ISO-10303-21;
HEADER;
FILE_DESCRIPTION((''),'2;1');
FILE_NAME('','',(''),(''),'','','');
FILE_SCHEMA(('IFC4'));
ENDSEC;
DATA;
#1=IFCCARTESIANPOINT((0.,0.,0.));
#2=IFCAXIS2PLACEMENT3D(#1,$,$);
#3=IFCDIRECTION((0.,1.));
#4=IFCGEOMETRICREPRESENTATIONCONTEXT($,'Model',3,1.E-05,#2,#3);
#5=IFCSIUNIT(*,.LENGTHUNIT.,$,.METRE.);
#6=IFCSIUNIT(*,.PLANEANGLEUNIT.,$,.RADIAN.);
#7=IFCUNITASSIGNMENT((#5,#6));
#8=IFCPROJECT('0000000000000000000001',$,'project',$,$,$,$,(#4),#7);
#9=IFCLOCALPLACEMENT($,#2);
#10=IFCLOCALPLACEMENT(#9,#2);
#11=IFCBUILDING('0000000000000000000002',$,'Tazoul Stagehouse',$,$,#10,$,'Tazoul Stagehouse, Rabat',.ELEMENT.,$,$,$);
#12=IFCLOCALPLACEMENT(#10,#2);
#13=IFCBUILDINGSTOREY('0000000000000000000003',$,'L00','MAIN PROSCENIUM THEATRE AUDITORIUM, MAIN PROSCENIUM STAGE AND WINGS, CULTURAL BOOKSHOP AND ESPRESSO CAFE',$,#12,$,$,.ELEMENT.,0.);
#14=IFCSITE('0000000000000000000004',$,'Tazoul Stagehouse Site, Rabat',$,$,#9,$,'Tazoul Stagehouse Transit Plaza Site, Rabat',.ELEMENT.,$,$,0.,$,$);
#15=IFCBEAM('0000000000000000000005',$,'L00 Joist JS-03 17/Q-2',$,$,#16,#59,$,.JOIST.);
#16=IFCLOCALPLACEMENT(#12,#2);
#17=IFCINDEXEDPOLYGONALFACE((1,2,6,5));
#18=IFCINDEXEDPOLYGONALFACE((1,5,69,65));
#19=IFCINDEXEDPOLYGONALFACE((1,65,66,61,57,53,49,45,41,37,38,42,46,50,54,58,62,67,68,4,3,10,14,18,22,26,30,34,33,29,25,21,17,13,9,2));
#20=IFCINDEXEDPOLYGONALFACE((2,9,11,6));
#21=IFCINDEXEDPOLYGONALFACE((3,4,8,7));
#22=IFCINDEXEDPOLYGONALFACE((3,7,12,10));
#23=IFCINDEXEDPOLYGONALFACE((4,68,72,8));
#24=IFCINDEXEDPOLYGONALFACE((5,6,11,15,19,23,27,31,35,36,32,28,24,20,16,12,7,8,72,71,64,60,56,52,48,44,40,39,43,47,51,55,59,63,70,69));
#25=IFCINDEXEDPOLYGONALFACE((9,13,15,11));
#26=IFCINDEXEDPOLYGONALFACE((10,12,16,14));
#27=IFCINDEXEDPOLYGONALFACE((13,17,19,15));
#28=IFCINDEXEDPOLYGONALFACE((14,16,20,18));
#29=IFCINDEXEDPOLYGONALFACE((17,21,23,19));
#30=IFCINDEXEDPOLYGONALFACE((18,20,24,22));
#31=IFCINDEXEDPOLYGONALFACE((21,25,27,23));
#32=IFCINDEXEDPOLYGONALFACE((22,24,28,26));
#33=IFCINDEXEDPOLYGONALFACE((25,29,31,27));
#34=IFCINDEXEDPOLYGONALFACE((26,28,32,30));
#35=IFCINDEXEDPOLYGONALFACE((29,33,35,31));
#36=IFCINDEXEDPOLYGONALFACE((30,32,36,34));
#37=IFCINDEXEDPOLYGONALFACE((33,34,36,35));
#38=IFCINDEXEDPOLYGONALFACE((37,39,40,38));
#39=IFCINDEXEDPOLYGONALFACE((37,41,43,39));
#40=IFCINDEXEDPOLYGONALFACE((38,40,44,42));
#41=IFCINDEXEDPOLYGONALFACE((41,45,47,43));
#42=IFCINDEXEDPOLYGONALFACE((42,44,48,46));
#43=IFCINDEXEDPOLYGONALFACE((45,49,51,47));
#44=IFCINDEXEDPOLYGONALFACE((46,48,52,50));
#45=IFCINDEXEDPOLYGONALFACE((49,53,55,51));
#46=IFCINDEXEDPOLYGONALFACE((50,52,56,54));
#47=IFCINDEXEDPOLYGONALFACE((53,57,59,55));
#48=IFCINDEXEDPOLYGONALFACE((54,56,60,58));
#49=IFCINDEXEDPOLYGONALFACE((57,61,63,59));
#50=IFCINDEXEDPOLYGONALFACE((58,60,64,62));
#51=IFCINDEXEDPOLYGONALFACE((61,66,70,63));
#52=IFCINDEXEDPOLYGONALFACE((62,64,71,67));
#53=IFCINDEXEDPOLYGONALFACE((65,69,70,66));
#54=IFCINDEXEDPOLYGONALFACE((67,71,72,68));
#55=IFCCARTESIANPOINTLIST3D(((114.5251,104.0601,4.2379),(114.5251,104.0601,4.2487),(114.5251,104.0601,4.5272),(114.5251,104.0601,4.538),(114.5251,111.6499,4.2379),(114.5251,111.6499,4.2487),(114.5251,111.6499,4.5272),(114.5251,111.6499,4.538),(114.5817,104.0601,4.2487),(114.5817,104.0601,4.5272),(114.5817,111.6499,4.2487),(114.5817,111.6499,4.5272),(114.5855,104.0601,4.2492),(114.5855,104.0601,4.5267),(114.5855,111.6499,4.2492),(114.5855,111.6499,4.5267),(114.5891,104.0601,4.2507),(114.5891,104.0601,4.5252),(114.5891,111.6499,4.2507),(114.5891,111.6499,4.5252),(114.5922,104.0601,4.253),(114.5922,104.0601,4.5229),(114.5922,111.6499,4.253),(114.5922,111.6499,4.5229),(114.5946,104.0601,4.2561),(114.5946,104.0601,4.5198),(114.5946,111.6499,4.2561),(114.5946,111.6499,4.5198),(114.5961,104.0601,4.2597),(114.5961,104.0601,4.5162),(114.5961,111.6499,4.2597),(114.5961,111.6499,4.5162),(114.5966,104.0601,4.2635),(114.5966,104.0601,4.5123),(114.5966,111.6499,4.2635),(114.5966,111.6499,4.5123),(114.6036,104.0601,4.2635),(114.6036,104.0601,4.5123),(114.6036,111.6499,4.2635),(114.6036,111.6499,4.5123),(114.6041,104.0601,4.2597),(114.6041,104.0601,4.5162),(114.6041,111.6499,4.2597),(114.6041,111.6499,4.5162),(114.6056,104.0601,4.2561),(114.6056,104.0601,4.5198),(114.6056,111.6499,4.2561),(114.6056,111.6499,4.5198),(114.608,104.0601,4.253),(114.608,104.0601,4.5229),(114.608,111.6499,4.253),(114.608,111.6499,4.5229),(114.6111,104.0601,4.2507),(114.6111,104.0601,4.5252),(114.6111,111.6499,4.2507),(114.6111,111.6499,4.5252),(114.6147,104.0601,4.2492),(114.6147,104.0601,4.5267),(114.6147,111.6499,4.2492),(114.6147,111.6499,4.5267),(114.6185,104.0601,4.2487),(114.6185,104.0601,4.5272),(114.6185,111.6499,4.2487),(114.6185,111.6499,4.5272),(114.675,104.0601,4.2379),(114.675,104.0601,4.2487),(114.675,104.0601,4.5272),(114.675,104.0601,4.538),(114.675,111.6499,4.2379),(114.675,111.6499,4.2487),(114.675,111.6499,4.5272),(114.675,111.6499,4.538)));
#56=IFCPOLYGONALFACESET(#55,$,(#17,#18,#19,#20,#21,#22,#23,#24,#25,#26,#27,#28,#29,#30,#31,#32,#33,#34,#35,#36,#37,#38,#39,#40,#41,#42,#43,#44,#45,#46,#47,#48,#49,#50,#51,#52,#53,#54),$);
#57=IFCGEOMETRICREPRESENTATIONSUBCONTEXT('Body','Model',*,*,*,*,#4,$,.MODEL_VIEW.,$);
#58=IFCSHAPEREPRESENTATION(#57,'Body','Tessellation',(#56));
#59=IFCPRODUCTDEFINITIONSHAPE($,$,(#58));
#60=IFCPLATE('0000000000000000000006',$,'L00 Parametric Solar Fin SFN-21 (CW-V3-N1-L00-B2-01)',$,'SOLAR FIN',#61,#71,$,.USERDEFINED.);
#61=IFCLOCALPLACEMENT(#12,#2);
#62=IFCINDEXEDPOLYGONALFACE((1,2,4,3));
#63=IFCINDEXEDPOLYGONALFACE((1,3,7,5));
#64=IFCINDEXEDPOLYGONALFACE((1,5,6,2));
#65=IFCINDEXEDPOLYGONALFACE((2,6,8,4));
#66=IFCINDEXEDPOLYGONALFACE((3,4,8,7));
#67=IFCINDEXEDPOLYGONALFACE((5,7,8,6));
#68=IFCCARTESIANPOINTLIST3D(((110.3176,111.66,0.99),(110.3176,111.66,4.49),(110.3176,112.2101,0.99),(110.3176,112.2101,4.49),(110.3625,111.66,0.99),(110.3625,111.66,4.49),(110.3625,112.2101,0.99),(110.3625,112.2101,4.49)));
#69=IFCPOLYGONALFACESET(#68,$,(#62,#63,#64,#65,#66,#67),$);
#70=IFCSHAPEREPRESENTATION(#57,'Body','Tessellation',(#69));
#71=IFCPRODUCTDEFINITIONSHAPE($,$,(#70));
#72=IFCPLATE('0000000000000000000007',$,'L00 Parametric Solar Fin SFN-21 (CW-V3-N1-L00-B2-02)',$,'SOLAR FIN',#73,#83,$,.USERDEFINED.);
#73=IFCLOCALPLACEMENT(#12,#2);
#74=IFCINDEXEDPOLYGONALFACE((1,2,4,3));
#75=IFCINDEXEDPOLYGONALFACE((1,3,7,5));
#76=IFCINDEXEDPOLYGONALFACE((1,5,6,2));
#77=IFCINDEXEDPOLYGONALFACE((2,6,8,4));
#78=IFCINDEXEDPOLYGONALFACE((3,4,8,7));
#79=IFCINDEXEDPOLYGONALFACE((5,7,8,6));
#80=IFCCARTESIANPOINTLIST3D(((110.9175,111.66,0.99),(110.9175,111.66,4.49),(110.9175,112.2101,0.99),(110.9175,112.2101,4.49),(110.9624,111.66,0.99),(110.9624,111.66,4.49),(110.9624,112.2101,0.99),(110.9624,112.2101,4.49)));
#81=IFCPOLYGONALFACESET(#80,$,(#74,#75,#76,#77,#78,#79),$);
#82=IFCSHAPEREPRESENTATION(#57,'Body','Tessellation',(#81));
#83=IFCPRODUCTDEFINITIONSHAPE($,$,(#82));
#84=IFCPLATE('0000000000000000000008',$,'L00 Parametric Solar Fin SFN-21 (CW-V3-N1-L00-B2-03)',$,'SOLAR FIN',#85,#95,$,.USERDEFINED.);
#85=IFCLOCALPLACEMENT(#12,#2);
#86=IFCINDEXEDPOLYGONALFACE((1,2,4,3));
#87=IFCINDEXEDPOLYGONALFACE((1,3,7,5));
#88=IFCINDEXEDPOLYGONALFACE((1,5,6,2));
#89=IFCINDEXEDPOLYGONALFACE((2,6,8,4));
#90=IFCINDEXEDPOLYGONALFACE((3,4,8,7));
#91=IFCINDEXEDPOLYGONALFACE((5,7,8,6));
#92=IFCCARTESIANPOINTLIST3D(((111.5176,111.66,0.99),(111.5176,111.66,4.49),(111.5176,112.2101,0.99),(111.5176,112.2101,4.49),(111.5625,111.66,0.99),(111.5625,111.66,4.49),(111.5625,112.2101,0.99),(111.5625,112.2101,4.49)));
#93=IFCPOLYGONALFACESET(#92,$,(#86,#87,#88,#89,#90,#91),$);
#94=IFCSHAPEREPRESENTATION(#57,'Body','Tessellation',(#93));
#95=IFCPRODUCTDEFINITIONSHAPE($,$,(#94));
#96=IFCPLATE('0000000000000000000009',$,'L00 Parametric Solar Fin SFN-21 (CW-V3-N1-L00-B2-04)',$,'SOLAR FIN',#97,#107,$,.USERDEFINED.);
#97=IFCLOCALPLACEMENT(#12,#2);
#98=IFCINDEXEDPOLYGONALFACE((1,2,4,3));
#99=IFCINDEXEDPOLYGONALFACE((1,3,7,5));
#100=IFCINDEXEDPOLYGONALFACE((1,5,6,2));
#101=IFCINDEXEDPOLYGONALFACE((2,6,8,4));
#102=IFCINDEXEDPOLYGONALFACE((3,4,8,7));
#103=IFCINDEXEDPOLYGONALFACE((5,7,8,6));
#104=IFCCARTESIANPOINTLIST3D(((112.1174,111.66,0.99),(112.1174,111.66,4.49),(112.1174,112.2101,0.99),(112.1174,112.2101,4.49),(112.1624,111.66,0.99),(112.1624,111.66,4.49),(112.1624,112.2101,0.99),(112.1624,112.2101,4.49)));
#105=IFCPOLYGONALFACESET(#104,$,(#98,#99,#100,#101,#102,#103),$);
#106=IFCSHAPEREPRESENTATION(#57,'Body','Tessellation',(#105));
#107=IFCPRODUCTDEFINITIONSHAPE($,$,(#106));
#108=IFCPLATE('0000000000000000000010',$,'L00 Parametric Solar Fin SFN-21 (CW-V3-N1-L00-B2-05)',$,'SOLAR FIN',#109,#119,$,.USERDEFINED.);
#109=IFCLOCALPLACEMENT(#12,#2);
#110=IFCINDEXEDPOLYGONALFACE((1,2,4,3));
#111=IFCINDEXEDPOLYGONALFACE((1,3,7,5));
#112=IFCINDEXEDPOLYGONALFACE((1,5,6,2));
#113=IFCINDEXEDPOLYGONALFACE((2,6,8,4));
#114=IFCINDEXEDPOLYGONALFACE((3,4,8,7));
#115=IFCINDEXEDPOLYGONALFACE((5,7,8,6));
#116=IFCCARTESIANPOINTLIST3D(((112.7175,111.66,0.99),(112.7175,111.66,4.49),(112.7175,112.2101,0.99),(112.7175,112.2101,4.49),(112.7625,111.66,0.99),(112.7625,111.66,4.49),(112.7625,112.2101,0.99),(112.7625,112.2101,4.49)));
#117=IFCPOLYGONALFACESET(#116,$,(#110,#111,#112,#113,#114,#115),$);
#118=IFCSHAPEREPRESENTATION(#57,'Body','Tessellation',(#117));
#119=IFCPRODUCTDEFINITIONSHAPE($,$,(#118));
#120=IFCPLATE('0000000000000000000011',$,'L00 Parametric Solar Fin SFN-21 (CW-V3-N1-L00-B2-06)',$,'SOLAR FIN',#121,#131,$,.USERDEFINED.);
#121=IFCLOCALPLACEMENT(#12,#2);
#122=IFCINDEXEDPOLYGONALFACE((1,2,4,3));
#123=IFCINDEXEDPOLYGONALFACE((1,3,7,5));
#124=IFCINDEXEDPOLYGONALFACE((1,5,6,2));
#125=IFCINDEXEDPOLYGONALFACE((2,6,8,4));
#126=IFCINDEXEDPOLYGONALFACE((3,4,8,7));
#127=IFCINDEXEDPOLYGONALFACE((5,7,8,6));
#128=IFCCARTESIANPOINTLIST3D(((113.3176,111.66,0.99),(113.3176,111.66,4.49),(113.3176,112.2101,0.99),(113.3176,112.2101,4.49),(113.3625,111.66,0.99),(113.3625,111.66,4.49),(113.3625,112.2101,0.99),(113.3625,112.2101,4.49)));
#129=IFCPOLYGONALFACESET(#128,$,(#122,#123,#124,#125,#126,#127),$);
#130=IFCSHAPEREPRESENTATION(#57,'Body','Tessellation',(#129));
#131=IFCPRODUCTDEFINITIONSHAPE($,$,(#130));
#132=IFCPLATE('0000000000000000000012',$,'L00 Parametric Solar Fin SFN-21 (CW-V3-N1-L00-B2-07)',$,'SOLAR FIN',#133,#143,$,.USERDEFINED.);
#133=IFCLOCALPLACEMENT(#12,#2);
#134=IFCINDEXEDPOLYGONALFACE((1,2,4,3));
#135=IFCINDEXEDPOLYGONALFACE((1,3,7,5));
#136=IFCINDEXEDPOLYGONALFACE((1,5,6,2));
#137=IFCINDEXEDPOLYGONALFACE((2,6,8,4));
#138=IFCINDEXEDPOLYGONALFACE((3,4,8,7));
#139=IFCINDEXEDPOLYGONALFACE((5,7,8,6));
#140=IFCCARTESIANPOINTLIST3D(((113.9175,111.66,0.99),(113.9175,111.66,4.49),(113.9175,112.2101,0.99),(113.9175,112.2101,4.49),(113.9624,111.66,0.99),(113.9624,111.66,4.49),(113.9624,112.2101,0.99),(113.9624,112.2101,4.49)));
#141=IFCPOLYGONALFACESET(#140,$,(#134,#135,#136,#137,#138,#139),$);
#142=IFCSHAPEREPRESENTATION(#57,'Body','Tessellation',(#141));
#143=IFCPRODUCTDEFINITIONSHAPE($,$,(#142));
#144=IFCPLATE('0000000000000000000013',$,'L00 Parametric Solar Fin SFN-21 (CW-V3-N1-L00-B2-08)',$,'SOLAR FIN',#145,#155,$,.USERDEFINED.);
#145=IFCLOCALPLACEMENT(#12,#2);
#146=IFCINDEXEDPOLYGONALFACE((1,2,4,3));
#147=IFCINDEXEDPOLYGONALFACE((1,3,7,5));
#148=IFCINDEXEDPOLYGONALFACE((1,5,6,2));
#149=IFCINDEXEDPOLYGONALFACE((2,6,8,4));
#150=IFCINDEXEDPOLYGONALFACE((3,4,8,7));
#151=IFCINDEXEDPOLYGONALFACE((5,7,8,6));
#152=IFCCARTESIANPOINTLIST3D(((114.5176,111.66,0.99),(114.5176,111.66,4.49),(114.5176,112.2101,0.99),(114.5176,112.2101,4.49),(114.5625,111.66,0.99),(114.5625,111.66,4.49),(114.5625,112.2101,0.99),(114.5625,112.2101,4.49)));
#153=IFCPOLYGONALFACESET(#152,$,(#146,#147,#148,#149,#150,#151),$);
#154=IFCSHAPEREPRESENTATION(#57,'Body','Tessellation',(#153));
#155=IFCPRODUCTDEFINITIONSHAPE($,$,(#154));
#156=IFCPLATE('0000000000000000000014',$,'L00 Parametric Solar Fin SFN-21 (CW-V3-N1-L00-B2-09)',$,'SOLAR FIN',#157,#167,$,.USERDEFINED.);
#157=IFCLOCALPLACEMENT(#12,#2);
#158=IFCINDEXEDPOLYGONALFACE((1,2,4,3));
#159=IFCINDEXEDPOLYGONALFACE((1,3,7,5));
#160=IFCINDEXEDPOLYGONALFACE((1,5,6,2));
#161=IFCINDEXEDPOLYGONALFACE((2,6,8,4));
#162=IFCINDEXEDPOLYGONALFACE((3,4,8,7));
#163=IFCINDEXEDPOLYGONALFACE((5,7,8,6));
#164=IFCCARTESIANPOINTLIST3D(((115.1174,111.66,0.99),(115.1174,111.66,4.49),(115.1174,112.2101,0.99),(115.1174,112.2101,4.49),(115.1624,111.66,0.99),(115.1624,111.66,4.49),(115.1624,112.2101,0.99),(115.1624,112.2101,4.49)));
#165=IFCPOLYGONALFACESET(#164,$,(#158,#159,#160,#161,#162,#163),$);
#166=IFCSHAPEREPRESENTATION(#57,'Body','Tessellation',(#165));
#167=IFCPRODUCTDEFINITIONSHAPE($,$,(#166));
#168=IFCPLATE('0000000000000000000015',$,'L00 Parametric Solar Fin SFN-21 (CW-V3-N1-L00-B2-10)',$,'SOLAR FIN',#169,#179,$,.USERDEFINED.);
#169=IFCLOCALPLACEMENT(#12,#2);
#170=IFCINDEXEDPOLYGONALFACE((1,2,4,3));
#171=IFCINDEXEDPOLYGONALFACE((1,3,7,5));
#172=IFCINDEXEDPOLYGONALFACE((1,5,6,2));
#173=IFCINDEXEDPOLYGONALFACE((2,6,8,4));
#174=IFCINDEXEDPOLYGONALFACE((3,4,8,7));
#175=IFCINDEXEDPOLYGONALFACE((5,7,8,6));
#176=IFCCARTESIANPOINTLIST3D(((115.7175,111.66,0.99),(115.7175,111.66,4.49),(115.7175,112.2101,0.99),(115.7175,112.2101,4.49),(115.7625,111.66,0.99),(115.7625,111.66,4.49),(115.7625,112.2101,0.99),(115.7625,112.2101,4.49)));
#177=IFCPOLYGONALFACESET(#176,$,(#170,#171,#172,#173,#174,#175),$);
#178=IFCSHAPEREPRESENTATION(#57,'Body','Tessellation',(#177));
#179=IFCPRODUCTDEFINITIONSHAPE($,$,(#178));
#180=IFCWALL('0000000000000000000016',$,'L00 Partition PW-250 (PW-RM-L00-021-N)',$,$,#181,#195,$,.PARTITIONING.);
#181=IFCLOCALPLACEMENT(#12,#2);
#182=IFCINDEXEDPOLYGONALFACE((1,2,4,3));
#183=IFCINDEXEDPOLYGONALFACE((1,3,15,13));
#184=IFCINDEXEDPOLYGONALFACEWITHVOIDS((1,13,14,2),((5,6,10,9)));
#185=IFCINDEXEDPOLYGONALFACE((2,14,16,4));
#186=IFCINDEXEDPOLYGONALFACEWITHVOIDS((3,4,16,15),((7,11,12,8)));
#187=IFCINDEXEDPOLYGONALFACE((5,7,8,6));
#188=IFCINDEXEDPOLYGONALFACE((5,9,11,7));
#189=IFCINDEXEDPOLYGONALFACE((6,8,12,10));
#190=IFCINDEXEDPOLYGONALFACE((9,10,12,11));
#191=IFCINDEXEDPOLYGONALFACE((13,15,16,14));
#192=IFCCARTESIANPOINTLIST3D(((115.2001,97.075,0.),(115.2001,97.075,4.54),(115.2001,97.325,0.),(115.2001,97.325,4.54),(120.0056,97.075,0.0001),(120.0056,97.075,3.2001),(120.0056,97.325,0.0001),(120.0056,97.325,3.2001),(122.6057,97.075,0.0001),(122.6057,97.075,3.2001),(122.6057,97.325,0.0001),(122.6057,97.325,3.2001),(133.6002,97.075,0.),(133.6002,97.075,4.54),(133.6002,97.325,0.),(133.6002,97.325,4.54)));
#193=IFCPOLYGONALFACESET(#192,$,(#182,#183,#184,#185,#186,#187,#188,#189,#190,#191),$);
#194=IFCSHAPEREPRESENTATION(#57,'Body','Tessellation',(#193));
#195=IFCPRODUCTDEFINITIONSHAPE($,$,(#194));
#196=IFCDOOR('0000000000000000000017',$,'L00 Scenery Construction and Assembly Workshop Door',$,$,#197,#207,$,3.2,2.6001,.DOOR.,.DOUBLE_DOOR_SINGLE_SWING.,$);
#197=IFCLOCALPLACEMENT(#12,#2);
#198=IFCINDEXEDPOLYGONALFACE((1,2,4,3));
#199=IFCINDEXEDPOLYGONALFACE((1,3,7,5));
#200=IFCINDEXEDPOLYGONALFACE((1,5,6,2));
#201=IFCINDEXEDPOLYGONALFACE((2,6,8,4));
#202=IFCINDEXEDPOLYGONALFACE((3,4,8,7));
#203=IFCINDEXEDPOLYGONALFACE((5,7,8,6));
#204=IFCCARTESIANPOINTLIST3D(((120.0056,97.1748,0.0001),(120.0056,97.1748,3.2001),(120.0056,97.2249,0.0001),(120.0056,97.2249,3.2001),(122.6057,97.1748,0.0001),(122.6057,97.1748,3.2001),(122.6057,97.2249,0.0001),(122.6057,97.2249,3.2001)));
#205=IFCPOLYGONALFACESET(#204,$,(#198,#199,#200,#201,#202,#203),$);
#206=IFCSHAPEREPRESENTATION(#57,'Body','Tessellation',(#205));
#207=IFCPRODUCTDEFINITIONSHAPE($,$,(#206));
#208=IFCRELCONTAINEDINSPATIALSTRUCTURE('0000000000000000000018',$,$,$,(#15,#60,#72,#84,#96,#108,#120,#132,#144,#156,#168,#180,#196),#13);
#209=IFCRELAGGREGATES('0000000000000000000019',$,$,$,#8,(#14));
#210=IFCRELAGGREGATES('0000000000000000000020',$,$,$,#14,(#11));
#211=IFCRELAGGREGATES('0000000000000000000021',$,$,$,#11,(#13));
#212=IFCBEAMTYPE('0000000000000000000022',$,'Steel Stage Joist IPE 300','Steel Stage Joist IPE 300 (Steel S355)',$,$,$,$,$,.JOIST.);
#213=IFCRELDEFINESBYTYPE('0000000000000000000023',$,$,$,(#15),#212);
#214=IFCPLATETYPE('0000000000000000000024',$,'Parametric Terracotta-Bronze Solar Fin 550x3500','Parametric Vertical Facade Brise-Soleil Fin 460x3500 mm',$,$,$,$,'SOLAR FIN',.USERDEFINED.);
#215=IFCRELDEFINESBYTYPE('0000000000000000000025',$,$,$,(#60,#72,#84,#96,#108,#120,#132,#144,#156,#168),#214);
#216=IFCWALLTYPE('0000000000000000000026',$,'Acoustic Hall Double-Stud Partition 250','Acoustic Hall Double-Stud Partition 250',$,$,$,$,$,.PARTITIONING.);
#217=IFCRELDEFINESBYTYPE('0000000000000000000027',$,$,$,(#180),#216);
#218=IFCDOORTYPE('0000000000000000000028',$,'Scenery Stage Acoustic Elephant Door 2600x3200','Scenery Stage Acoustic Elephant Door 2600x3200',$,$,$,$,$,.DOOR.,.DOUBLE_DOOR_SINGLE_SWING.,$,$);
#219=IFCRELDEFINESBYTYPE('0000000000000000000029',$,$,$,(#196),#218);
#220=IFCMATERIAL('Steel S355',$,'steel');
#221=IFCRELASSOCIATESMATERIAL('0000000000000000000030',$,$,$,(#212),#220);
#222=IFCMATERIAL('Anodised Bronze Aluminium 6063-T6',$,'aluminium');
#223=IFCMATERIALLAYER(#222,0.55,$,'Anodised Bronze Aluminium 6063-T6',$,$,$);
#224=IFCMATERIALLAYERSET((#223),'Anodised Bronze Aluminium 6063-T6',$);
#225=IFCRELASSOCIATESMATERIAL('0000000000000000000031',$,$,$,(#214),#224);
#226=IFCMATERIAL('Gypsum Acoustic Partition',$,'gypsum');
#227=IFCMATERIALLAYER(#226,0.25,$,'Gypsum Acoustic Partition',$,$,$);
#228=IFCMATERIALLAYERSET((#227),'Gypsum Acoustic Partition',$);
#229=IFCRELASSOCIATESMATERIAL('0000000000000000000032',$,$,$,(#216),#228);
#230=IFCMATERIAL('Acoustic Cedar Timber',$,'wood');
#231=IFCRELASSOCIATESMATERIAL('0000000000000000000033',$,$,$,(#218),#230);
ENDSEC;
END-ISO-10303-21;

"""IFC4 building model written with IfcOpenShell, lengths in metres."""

from ifc_helpers import new_model, si_unit, direction, frame, frame_2d, origin, origin_2d, place, context, subcontext, project, spatial, rectangle, i_section, extrude, material, layer, layer_set, material_profile, profile_set, type_object, element, fill, save


model = new_model("IFC4")

# Units and contexts
model_context = context("Model", 3, precision=1e-05, world=origin(), true_north=direction((0.0, 1.0)))
body_context = subcontext(model_context, "Body", "Model", "MODEL_VIEW")
ifc_project = project(units=[si_unit("LENGTHUNIT", "METRE"), si_unit("PLANEANGLEUNIT", "RADIAN")], contexts=[model_context])

# Site, building, storey
site_placement = place(None, origin())
site = spatial("IfcSite", under=ifc_project, at=site_placement, Name="Tazoul Stagehouse Site, Rabat", LongName="Tazoul Stagehouse Transit Plaza Site, Rabat", CompositionType="ELEMENT", RefElevation=0.0)
building_placement = place(site_placement, origin())
building = spatial("IfcBuilding", under=site, at=building_placement, Name="Tazoul Stagehouse", LongName="Tazoul Stagehouse, Rabat", CompositionType="ELEMENT")
storey_placement = place(building_placement, origin())
storey = spatial("IfcBuildingStorey", under=building, at=storey_placement, Name="L00", Description="MAIN PROSCENIUM THEATRE AUDITORIUM, MAIN PROSCENIUM STAGE AND WINGS, CULTURAL BOOKSHOP AND ESPRESSO CAFE", CompositionType="ELEMENT", Elevation=0.0)

# Beam
ifc_material_1 = material(Name="Steel S355", Category="steel")
ifc_material_profile_1 = material_profile(ifc_material_1, i_section(OverallWidth=0.1499, OverallDepth=0.3, WebThickness=0.0071, FlangeThickness=0.0107, FilletRadius=0.0149, at=origin_2d()), Name="IPE 300")
ifc_profile_set_1 = profile_set([ifc_material_profile_1], Name="Steel S355")
beam_type_1 = type_object("IfcBeamType", Name="Steel Stage Joist IPE 300", Description="Steel Stage Joist IPE 300 (Steel S355)", PredefinedType="JOIST", material=ifc_profile_set_1)
for number, where, z_axis, x_axis, name in (
    (1, (114.6001, 104.0601, 4.3879), (0.0, 1.0, 0.0), (-1.0, 0.0, 0.0), "L00 Joist JS-03 17/Q-2"),
):
    element("IfcBeam", number, at=place(storey_placement, frame(where, z_axis=z_axis, x_axis=x_axis)), inside=storey, type_object=beam_type_1, Name=name, PredefinedType="JOIST", context=body_context, shape_type="SweptSolid", body=[
        extrude(i_section(OverallWidth=0.1499, OverallDepth=0.3, WebThickness=0.0071, FlangeThickness=0.0107, FilletRadius=0.0149, at=origin_2d()), origin(), (0.0, 0.0, 1.0), 7.5898),
    ])

# Plates
ifc_material_2 = material(Name="Anodised Bronze Aluminium 6063-T6", Category="aluminium")
ifc_layer_1 = layer(ifc_material_2, 0.55, Name="Anodised Bronze Aluminium 6063-T6")
ifc_layer_set_1 = layer_set([ifc_layer_1], Name="Anodised Bronze Aluminium 6063-T6")
plate_type = type_object("IfcPlateType", Name="Parametric Terracotta-Bronze Solar Fin 550x3500", Description="Parametric Vertical Facade Brise-Soleil Fin 460x3500 mm", ElementType="SOLAR FIN", PredefinedType="USERDEFINED", material=ifc_layer_set_1)
for number, where, z_axis, x_axis, name in (
    (2, (110.3401, 111.9351, 0.99), (0.0, 0.0, 1.0), (1.0, 0.0, 0.0), "L00 Parametric Solar Fin SFN-21 (CW-V3-N1-L00-B2-01)"),
    (3, (110.9399, 111.9351, 0.99), (0.0, 0.0, 1.0), (1.0, 0.0, 0.0), "L00 Parametric Solar Fin SFN-21 (CW-V3-N1-L00-B2-02)"),
    (4, (111.54, 111.9351, 0.99), (0.0, 0.0, 1.0), (1.0, 0.0, 0.0), "L00 Parametric Solar Fin SFN-21 (CW-V3-N1-L00-B2-03)"),
    (5, (112.1399, 111.9351, 0.99), (0.0, 0.0, 1.0), (1.0, 0.0, 0.0), "L00 Parametric Solar Fin SFN-21 (CW-V3-N1-L00-B2-04)"),
    (6, (112.74, 111.9351, 0.99), (0.0, 0.0, 1.0), (1.0, 0.0, 0.0), "L00 Parametric Solar Fin SFN-21 (CW-V3-N1-L00-B2-05)"),
    (7, (113.3401, 111.9351, 0.99), (0.0, 0.0, 1.0), (1.0, 0.0, 0.0), "L00 Parametric Solar Fin SFN-21 (CW-V3-N1-L00-B2-06)"),
    (8, (113.9399, 111.9351, 0.99), (0.0, 0.0, 1.0), (1.0, 0.0, 0.0), "L00 Parametric Solar Fin SFN-21 (CW-V3-N1-L00-B2-07)"),
    (9, (114.54, 111.9351, 0.99), (0.0, 0.0, 1.0), (1.0, 0.0, 0.0), "L00 Parametric Solar Fin SFN-21 (CW-V3-N1-L00-B2-08)"),
    (10, (115.1399, 111.9351, 0.99), (0.0, 0.0, 1.0), (1.0, 0.0, 0.0), "L00 Parametric Solar Fin SFN-21 (CW-V3-N1-L00-B2-09)"),
    (11, (115.74, 111.9351, 0.99), (0.0, 0.0, 1.0), (1.0, 0.0, 0.0), "L00 Parametric Solar Fin SFN-21 (CW-V3-N1-L00-B2-10)"),
):
    element("IfcPlate", number, at=place(storey_placement, frame(where, z_axis=z_axis, x_axis=x_axis)), inside=storey, type_object=plate_type, Name=name, ObjectType="SOLAR FIN", PredefinedType="USERDEFINED", context=body_context, shape_type="SweptSolid", body=[
        extrude(rectangle(XDim=0.0449, YDim=0.55, at=origin_2d()), origin(), (0.0, 0.0, 1.0), 3.5),
    ])

# Wall, opening, door
ifc_material_3 = material(Name="Gypsum Acoustic Partition", Category="gypsum")
ifc_layer_2 = layer(ifc_material_3, 0.25, Name="Gypsum Acoustic Partition")
ifc_layer_set_2 = layer_set([ifc_layer_2], Name="Gypsum Acoustic Partition")
wall_type_1 = type_object("IfcWallType", Name="Acoustic Hall Double-Stud Partition 250", Description="Acoustic Hall Double-Stud Partition 250", PredefinedType="PARTITIONING", material=ifc_layer_set_2)
wall_1_placement = place(storey_placement, frame((115.2, 97.2, 0.0), z_axis=(0.0, 0.0, 1.0), x_axis=(1.0, 0.0, 0.0)))
wall_1 = element("IfcWall", 12, at=wall_1_placement, inside=storey, type_object=wall_type_1, Name="L00 Partition PW-250 (PW-RM-L00-021-N)", PredefinedType="PARTITIONING", context=body_context, shape_type="SweptSolid", body=[
    extrude(rectangle(XDim=18.4001, YDim=0.25, at=frame_2d((9.2002, 0.0))), origin(), (0.0, 0.0, 1.0), 4.54),
])
opening_1_placement = place(wall_1_placement, frame((4.8057, 0.0, 0.0)))
opening_1 = element("IfcOpeningElement", 13, at=opening_1_placement, cuts=wall_1, PredefinedType="OPENING", context=body_context, shape_type="SweptSolid", body=[
    extrude(rectangle(XDim=2.6001, YDim=3.2, at=frame_2d((1.3, 1.6001))), frame((0.0, 0.145, 0.0), z_axis=(0.0, -1.0, 0.0), x_axis=(1.0, 0.0, 0.0)), (0.0, 0.0, 1.0), 0.29),
])
ifc_material_4 = material(Name="Acoustic Cedar Timber", Category="wood")
door_type_1 = type_object("IfcDoorType", Name="Scenery Stage Acoustic Elephant Door 2600x3200", Description="Scenery Stage Acoustic Elephant Door 2600x3200", OperationType="DOUBLE_DOOR_SINGLE_SWING", PredefinedType="DOOR", material=ifc_material_4)
door_1_placement = place(opening_1_placement, origin())
door_1 = element("IfcDoor", 14, at=door_1_placement, inside=storey, type_object=door_type_1, Name="L00 Scenery Construction and Assembly Workshop Door", OperationType="DOUBLE_DOOR_SINGLE_SWING", OverallHeight=3.2, OverallWidth=2.6001, PredefinedType="DOOR", context=body_context, shape_type="SweptSolid", body=[
    extrude(rectangle(XDim=2.6001, YDim=3.2, at=frame_2d((1.3, 1.6001))), frame((0.0, 0.0249, 0.0), z_axis=(0.0, -1.0, 0.0), x_axis=(1.0, 0.0, 0.0)), (0.0, 0.0, 1.0), 0.05),
])
fill(opening_1, door_1)

save(model, "model.ifc")
